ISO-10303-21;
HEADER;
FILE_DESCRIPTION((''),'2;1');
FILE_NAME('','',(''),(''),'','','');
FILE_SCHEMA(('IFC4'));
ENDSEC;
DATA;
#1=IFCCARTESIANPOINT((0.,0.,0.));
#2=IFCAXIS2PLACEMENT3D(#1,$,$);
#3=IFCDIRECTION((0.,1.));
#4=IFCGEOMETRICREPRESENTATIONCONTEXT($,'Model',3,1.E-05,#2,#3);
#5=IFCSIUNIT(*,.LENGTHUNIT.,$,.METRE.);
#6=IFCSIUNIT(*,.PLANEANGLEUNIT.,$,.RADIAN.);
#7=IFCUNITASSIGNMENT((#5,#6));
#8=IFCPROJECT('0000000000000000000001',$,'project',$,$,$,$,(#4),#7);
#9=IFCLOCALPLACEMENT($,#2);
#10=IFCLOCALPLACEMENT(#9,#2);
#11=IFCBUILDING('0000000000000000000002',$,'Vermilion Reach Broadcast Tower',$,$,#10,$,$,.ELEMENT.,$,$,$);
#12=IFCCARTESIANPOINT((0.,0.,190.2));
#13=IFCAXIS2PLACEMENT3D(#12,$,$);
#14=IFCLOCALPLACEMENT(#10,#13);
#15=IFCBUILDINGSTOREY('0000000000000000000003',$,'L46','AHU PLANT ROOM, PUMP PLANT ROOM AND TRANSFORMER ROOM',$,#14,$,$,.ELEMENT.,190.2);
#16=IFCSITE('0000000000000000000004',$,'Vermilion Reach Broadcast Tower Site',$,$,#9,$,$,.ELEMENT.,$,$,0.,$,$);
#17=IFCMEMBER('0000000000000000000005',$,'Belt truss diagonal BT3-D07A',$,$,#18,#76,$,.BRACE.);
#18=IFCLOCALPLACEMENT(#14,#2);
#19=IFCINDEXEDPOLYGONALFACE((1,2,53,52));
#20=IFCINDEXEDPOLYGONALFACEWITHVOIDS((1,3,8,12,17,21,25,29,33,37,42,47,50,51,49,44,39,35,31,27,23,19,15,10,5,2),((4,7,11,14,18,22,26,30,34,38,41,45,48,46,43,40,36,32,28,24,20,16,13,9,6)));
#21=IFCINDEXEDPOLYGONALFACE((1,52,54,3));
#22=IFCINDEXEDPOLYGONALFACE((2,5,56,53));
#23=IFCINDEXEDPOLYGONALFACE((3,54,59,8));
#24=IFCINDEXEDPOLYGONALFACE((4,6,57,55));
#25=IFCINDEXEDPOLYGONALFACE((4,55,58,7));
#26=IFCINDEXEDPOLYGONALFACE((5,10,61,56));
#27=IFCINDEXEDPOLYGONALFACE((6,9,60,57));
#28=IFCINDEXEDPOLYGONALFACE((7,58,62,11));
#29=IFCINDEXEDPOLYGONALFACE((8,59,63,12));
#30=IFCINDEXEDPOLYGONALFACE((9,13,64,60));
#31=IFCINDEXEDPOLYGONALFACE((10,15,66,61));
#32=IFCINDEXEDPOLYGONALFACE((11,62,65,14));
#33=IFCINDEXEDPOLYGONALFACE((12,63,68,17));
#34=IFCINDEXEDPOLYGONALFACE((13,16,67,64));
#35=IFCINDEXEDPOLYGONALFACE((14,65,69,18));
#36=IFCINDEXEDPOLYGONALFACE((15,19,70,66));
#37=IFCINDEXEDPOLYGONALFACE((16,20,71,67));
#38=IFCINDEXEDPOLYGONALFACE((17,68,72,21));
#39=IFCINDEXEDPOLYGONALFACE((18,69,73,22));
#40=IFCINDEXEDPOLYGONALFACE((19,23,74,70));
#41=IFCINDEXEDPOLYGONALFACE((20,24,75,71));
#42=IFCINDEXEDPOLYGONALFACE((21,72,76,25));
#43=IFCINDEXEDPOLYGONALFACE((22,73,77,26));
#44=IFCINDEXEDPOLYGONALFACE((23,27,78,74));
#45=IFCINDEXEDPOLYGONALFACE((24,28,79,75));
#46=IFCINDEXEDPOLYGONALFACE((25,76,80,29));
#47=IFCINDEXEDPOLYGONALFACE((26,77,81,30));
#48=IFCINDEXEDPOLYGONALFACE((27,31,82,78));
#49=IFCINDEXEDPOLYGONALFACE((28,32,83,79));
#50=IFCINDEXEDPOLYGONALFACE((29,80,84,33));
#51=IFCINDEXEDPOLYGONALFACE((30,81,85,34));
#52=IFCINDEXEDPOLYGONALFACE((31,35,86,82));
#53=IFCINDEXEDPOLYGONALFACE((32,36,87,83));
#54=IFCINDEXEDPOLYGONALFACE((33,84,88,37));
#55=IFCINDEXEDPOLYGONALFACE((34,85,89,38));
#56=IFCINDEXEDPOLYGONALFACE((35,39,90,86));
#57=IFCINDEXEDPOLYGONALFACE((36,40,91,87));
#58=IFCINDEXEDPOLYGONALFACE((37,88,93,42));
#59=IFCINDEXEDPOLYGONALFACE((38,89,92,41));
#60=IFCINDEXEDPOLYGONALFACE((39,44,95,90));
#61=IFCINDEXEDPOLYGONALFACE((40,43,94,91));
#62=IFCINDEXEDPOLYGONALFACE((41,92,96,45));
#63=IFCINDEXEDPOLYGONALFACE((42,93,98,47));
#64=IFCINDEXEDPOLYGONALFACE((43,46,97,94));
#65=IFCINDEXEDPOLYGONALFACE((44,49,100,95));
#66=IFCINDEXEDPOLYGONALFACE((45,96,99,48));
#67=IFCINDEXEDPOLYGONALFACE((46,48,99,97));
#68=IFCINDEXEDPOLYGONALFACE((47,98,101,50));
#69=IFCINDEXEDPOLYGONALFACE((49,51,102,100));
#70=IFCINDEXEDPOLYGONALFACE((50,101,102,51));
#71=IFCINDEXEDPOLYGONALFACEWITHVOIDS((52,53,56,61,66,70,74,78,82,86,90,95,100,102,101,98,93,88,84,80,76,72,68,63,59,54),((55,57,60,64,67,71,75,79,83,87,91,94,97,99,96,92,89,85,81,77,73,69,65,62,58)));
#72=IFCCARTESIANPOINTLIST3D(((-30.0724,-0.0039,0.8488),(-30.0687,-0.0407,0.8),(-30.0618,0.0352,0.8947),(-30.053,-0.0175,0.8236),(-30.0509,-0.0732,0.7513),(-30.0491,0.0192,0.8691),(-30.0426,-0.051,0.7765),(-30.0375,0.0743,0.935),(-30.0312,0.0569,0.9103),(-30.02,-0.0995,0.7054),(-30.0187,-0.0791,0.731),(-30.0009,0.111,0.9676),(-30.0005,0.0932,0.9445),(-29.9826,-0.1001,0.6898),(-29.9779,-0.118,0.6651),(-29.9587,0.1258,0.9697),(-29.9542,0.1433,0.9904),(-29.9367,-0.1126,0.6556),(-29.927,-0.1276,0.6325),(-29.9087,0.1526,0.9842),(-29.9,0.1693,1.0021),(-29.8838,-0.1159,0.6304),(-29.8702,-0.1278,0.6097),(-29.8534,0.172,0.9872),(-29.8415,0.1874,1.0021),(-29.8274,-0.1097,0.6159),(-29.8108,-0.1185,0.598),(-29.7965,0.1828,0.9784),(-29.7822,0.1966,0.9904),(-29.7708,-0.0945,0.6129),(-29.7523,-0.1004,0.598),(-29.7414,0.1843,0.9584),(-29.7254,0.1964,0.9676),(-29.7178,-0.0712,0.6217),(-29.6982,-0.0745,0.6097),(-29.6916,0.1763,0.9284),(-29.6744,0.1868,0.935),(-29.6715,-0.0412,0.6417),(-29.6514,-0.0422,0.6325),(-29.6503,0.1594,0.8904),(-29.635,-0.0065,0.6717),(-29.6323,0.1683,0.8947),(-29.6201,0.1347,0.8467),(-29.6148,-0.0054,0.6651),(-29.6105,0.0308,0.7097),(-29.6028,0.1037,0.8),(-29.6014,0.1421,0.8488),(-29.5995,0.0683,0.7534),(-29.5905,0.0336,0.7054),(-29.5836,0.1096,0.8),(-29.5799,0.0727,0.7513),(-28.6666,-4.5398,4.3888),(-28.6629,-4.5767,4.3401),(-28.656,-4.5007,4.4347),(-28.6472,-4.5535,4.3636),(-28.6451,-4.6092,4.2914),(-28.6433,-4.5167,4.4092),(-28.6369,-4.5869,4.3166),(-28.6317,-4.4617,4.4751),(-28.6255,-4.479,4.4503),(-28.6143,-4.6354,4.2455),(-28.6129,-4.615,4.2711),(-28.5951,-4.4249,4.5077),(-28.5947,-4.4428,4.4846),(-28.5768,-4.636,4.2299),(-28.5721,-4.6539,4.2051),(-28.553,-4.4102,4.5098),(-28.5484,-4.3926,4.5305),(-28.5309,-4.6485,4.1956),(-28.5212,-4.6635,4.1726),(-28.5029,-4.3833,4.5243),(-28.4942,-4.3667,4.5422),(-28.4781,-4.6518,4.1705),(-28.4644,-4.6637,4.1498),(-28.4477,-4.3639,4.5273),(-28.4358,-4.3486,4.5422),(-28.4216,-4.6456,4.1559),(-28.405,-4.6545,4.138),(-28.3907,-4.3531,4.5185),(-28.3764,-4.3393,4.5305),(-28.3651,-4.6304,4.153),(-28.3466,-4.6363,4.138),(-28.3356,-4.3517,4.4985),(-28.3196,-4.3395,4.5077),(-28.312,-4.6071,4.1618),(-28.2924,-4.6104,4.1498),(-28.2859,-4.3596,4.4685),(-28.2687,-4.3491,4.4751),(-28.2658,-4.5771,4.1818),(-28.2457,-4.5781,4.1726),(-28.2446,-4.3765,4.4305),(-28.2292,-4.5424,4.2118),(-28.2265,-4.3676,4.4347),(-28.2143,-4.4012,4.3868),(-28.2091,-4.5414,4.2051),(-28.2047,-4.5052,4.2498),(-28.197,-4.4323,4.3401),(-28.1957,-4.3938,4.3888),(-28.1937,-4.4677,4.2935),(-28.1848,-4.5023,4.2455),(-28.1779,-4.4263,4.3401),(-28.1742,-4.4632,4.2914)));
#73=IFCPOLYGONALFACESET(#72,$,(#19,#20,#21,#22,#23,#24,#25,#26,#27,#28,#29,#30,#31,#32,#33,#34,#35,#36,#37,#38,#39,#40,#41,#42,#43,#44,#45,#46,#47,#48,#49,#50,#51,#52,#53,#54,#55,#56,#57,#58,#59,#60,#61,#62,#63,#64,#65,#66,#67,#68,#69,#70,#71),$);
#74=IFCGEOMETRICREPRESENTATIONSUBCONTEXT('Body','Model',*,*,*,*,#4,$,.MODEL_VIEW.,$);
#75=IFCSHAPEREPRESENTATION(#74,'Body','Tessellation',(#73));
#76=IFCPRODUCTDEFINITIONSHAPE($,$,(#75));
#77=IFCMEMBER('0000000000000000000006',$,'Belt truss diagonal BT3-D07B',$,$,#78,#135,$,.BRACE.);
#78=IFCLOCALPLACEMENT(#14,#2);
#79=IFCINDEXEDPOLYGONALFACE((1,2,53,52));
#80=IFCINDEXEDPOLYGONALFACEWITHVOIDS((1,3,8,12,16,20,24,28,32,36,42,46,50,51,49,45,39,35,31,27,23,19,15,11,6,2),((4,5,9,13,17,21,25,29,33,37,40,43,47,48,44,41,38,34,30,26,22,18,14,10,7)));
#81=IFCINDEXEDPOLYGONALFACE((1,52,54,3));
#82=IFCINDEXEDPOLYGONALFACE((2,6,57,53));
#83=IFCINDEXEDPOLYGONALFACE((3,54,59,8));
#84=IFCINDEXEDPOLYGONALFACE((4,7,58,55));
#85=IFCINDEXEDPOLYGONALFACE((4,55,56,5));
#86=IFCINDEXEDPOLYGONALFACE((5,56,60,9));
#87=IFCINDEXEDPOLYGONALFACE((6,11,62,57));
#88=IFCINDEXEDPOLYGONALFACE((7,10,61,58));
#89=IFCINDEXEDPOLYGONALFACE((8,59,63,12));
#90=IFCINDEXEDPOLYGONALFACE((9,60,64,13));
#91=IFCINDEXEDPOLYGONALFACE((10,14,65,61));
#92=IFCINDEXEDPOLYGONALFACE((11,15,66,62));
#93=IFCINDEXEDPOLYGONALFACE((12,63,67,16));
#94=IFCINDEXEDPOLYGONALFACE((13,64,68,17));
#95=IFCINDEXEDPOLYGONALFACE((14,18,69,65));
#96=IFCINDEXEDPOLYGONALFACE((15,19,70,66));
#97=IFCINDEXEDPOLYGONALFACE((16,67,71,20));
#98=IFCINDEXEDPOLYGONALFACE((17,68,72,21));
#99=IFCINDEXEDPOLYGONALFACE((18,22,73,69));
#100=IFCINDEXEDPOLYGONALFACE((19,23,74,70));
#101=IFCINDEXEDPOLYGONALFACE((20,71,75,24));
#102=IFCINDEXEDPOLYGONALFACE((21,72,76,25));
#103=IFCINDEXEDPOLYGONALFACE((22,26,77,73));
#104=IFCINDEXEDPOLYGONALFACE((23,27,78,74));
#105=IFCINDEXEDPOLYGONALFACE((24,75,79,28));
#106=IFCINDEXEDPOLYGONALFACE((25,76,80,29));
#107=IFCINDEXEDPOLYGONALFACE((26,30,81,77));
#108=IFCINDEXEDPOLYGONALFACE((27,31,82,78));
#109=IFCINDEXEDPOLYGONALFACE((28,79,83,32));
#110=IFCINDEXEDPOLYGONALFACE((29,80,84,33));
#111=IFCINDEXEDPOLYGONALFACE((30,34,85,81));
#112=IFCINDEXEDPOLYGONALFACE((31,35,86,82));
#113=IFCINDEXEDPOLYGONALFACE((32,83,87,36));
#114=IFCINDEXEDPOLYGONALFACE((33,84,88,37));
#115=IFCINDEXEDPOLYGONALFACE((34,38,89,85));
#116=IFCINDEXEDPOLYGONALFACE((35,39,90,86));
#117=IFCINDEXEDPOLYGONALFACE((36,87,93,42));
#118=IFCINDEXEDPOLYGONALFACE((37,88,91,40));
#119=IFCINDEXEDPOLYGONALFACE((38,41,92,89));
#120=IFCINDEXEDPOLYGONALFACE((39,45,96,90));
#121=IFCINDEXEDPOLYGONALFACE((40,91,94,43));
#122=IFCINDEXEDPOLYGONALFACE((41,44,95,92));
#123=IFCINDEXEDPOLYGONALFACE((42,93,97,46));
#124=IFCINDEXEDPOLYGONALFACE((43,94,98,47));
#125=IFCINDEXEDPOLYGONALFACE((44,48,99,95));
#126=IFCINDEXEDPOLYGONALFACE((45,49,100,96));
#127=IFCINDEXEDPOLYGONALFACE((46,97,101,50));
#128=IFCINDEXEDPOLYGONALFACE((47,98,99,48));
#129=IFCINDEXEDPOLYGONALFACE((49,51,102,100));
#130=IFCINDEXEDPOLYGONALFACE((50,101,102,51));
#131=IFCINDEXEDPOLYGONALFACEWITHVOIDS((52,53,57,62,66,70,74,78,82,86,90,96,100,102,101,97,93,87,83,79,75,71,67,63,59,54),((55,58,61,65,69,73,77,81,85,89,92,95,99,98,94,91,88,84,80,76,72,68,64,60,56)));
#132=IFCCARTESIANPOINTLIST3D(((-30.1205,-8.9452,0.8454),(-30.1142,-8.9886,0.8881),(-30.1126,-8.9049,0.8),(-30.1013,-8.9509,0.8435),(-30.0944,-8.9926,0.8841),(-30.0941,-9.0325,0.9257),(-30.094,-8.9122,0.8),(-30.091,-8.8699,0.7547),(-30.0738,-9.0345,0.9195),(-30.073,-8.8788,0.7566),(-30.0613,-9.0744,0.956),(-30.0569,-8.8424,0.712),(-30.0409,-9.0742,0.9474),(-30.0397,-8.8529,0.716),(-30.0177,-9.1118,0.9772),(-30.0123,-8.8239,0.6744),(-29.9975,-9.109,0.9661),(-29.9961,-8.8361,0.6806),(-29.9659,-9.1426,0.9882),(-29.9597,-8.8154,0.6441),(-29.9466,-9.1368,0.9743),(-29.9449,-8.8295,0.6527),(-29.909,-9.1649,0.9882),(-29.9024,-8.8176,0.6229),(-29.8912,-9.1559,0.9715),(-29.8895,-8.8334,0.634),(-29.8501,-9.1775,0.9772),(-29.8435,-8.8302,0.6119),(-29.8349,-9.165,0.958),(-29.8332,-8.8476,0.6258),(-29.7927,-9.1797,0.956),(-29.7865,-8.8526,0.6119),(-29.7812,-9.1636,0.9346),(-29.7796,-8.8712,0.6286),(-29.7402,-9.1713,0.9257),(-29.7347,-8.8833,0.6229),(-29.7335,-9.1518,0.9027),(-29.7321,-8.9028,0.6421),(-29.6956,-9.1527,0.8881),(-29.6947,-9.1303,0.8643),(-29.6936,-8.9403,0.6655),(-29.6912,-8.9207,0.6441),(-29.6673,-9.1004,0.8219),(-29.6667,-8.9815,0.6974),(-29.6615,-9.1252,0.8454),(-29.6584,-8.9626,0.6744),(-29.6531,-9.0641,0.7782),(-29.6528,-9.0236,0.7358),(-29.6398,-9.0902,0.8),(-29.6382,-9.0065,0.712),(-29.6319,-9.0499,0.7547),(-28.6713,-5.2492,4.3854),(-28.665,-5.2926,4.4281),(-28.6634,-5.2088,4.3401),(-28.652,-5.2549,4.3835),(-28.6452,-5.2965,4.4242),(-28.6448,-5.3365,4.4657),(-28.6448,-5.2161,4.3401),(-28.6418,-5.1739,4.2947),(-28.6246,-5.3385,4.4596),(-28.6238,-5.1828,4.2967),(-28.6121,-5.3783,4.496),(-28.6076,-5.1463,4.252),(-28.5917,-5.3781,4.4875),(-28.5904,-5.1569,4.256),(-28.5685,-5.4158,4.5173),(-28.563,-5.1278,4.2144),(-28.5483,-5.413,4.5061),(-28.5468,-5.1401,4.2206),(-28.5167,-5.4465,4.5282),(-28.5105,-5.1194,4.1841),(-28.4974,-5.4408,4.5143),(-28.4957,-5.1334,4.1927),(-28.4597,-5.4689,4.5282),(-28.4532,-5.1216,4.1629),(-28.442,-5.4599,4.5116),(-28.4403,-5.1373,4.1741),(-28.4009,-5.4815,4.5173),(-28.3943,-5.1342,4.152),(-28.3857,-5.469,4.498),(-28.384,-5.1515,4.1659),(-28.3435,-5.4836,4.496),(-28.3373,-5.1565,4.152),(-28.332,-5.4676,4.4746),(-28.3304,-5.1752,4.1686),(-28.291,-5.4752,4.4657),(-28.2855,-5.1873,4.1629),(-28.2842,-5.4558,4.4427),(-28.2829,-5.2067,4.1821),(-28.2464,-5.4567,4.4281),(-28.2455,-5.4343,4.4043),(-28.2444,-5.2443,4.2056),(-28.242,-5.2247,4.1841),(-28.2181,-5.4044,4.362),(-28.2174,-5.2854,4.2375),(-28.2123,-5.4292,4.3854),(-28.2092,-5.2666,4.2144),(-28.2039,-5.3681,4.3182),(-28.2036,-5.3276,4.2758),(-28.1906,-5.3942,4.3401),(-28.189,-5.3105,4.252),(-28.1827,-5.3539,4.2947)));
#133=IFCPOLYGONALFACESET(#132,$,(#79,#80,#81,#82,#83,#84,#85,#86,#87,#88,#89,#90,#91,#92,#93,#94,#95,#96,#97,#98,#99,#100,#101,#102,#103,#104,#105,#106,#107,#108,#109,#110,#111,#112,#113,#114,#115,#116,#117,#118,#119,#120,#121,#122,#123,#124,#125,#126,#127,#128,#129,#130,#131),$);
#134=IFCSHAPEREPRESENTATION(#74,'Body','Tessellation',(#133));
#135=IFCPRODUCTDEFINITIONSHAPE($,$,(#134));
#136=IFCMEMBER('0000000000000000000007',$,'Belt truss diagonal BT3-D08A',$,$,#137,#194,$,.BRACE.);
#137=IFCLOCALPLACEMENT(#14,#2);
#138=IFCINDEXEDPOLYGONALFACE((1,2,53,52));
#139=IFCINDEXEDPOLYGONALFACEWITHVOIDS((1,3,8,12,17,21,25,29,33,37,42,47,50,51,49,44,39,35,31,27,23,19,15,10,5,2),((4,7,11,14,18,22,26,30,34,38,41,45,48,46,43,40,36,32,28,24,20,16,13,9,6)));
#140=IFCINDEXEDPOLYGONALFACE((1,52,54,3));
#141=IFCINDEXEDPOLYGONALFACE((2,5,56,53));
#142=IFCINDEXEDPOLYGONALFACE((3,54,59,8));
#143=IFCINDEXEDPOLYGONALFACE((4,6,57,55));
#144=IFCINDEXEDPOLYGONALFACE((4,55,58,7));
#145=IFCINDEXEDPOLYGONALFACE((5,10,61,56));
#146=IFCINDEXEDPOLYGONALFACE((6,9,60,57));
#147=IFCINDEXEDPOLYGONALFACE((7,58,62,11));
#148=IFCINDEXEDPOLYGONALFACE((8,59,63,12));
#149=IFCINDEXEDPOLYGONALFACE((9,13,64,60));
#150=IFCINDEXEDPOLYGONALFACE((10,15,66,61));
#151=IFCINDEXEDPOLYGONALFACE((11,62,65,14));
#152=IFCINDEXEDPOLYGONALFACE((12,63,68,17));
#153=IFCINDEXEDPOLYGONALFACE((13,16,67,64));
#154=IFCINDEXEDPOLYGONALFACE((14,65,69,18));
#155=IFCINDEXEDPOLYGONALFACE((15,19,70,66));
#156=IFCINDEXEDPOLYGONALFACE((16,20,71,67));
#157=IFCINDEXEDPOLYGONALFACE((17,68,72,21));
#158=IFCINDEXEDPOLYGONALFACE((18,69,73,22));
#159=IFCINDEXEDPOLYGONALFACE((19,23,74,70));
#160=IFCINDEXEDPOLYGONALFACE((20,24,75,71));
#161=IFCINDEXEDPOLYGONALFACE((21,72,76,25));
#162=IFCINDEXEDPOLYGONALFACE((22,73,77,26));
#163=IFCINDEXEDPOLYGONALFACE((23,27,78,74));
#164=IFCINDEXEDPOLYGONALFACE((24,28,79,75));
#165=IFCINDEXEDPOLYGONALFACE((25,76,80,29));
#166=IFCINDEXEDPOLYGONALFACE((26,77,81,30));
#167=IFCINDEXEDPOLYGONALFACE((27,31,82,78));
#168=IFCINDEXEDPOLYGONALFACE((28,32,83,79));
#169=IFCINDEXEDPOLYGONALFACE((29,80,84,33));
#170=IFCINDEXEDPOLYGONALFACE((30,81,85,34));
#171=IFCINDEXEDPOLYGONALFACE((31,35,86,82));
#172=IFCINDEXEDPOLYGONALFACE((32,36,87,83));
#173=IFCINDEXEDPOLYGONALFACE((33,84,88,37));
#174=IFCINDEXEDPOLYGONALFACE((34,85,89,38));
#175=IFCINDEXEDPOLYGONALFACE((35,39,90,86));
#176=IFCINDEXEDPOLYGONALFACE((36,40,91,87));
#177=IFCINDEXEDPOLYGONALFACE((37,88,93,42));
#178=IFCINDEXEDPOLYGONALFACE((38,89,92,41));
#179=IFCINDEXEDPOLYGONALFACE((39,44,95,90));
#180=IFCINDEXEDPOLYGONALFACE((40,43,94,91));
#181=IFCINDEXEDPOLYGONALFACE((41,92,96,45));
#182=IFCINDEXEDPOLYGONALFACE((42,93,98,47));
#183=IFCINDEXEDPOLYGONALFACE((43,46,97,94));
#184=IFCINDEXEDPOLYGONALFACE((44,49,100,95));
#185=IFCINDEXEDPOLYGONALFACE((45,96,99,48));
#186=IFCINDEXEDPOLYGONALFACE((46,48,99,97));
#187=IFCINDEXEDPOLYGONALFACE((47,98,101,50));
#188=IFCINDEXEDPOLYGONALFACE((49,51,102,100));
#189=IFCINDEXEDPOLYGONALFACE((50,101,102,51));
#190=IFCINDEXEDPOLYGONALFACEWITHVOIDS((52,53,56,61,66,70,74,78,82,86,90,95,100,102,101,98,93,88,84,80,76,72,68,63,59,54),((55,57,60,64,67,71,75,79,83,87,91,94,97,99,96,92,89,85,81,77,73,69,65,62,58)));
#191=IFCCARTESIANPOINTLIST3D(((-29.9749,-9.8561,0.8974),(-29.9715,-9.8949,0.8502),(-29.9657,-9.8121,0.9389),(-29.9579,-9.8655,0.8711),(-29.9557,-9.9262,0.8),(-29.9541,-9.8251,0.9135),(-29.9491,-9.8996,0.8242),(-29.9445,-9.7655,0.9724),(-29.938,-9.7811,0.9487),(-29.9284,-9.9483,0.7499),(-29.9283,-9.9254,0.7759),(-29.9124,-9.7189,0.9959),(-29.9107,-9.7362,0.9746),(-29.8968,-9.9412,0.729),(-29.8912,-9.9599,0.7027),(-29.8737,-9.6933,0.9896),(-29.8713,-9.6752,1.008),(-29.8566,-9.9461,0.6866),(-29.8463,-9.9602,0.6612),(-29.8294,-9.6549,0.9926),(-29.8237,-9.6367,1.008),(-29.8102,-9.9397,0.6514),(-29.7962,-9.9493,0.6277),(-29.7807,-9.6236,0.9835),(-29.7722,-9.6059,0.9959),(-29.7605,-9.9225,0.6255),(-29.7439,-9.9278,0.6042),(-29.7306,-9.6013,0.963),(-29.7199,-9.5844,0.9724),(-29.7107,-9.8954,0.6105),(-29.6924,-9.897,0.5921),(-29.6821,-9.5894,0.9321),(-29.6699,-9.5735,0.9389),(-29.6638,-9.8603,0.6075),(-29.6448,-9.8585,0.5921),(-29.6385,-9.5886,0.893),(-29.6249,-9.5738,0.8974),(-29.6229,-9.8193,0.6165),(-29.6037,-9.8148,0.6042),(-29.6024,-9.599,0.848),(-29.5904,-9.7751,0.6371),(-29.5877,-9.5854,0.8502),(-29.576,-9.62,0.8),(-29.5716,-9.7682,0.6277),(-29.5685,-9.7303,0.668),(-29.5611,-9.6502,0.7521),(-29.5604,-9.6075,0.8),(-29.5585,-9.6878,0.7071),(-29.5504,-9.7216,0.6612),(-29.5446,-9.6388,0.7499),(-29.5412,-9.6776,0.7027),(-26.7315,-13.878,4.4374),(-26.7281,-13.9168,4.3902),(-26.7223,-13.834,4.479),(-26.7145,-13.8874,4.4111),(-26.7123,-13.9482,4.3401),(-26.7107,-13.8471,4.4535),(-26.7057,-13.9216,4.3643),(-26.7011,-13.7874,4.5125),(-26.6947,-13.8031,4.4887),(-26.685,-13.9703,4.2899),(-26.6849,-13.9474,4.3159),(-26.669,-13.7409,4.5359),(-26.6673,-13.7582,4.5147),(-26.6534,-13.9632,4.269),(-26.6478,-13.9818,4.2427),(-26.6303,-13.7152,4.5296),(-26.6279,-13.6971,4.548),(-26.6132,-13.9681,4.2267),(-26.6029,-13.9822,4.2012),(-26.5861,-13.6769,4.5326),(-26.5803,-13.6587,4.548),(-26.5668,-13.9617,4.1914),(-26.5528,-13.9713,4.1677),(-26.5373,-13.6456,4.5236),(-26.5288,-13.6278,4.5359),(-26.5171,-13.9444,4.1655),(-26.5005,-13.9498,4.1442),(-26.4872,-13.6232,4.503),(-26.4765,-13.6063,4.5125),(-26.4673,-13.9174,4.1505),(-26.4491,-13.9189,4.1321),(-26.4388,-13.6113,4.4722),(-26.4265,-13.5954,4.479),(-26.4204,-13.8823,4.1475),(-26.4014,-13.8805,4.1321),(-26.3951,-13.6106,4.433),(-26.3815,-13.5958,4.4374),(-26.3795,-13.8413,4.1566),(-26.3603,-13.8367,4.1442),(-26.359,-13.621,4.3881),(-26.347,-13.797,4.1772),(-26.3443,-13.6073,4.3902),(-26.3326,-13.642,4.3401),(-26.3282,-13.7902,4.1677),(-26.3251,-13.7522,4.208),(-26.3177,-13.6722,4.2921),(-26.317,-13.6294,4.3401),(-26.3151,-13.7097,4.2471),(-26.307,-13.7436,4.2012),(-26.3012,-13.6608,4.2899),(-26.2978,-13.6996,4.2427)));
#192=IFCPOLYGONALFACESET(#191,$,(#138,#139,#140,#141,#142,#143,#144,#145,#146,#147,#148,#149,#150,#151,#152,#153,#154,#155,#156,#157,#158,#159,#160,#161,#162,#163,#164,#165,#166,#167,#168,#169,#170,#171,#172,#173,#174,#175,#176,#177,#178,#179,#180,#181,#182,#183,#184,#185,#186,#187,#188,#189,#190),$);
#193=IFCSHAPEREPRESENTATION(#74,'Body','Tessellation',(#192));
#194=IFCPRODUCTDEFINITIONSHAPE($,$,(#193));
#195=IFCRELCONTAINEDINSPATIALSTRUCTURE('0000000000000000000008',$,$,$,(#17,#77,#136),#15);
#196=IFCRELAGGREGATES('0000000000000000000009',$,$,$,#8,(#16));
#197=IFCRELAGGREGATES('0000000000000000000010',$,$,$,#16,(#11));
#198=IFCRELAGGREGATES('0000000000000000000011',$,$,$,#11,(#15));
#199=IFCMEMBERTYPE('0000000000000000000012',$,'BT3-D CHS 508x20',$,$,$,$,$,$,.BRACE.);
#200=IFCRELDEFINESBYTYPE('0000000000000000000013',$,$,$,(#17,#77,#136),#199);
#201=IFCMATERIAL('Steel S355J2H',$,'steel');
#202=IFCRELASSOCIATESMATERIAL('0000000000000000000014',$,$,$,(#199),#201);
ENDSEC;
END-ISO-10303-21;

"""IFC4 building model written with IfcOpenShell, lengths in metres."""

from ifc_helpers import new_model, si_unit, direction, frame, origin, origin_2d, place, context, subcontext, project, spatial, hollow_circle, extrude, material, material_profile, profile_set, type_object, element, save


model = new_model("IFC4")

# Units and contexts
model_context = context("Model", 3, precision=1e-05, world=origin(), true_north=direction((0.0, 1.0)))
body_context = subcontext(model_context, "Body", "Model", "MODEL_VIEW")
ifc_project = project(units=[si_unit("LENGTHUNIT", "METRE"), si_unit("PLANEANGLEUNIT", "RADIAN")], contexts=[model_context])

# Site, building, storey
site_placement = place(None, origin())
site = spatial("IfcSite", under=ifc_project, at=site_placement, Name="Vermilion Reach Broadcast Tower Site", CompositionType="ELEMENT", RefElevation=0.0)
building_placement = place(site_placement, origin())
building = spatial("IfcBuilding", under=site, at=building_placement, Name="Vermilion Reach Broadcast Tower", CompositionType="ELEMENT")
storey_placement = place(building_placement, frame((0.0, 0.0, 190.2)))
storey = spatial("IfcBuildingStorey", under=building, at=storey_placement, Name="L46", Description="AHU PLANT ROOM, PUMP PLANT ROOM AND TRANSFORMER ROOM", CompositionType="ELEMENT", Elevation=190.2)

# Members
ifc_material_1 = material(Name="Steel S355J2H", Category="steel")
ifc_material_profile_1 = material_profile(ifc_material_1, hollow_circle(Radius=0.2539, WallThickness=0.02, at=origin_2d()), Name="S355J2H CHS 508x20")
ifc_profile_set_1 = profile_set([ifc_material_profile_1], Name="Steel S355J2H")
member_type_1 = type_object("IfcMemberType", Name="BT3-D CHS 508x20", PredefinedType="BRACE", material=ifc_profile_set_1)
member_1_placement = place(storey_placement, frame((-29.8262, 0.0344, 0.8), z_axis=(0.237338, -0.765805, 0.597673), x_axis=(0.955179, 0.296029, 0.0)))
element("IfcMember", 1, at=member_1_placement, inside=storey, type_object=member_type_1, Name="Belt truss diagonal BT3-D07A", PredefinedType="BRACE", context=body_context, shape_type="SweptSolid", body=[
    extrude(hollow_circle(Radius=0.2539, WallThickness=0.02, at=origin_2d()), origin(), (0.0, 0.0, 1.0), 5.9231),
])
member_2_placement = place(storey_placement, frame((-29.8762, -8.9976, 0.8), z_axis=(0.272455, 0.694862, 0.665533), x_axis=(-0.930991, 0.365042, 0.0)))
element("IfcMember", 2, at=member_2_placement, inside=storey, type_object=member_type_1, Name="Belt truss diagonal BT3-D07B", PredefinedType="BRACE", context=body_context, shape_type="SweptSolid", body=[
    extrude(hollow_circle(Radius=0.2539, WallThickness=0.02, at=origin_2d()), origin(), (0.0, 0.0, 1.0), 5.3191),
])
member_3_placement = place(storey_placement, frame((-29.7581, -9.7668, 0.8), z_axis=(0.517851, -0.642158, 0.565211), x_axis=(0.778424, 0.627739, 0.0)))
element("IfcMember", 3, at=member_3_placement, inside=storey, type_object=member_type_1, Name="Belt truss diagonal BT3-D08A", PredefinedType="BRACE", context=body_context, shape_type="SweptSolid", body=[
    extrude(hollow_circle(Radius=0.2539, WallThickness=0.02, at=origin_2d()), origin(), (0.0, 0.0, 1.0), 6.2632),
])

save(model, "model.ifc")
